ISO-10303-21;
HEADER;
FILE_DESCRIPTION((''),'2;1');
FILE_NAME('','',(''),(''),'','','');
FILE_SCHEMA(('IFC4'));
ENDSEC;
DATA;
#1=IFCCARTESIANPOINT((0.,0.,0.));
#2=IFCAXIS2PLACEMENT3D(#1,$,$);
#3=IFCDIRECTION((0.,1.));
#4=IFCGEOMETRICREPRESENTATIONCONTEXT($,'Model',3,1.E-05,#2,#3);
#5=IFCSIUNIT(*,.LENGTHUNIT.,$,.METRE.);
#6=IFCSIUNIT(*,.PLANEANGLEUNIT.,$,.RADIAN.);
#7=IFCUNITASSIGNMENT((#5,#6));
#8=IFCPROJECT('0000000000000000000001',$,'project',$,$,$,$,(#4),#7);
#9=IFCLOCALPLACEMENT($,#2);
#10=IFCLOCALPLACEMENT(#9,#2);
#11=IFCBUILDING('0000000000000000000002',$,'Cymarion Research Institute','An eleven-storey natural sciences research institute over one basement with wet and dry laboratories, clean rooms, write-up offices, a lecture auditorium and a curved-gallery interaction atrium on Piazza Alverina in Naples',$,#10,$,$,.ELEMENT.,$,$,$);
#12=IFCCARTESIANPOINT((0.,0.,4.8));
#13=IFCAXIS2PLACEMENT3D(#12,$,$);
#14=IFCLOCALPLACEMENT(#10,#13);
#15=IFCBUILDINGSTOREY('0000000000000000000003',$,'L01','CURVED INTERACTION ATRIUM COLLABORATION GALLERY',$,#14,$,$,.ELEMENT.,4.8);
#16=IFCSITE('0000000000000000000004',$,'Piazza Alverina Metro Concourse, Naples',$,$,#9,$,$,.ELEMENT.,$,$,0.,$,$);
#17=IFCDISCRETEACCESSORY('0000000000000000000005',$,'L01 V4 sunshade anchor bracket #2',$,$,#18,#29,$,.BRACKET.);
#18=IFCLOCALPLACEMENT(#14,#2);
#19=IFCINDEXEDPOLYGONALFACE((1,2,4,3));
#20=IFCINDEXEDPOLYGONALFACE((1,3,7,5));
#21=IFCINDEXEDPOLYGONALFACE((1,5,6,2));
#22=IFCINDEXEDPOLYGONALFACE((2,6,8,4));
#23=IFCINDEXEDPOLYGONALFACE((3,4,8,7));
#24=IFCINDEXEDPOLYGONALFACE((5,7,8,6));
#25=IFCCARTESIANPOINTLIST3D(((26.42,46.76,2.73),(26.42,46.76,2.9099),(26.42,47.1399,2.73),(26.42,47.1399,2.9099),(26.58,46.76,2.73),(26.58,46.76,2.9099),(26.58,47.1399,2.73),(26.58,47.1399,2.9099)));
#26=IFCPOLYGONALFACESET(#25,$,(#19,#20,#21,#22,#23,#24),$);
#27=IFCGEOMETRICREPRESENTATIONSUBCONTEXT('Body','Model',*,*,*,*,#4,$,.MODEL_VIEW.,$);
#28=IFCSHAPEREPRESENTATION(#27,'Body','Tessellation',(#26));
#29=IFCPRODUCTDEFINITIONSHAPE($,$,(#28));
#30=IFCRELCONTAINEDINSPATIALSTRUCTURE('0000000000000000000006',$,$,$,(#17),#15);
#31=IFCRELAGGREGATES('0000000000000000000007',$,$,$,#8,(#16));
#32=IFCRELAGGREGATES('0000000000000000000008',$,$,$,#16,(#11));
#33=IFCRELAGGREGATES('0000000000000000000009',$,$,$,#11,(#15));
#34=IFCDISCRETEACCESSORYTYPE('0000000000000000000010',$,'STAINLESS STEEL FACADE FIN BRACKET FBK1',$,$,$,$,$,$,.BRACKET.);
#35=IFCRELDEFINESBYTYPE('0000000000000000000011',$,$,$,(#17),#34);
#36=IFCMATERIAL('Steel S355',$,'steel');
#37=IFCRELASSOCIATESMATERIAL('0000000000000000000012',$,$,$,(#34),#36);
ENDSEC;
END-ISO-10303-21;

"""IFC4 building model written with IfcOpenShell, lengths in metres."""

from ifc_helpers import new_model, si_unit, direction, frame, origin, origin_2d, place, context, subcontext, project, spatial, rectangle, extrude, material, type_object, element, save


model = new_model("IFC4")

# Units and contexts
model_context = context("Model", 3, precision=1e-05, world=origin(), true_north=direction((0.0, 1.0)))
body_context = subcontext(model_context, "Body", "Model", "MODEL_VIEW")
ifc_project = project(units=[si_unit("LENGTHUNIT", "METRE"), si_unit("PLANEANGLEUNIT", "RADIAN")], contexts=[model_context])

# Site, building, storey
site_placement = place(None, origin())
site = spatial("IfcSite", under=ifc_project, at=site_placement, Name="Piazza Alverina Metro Concourse, Naples", CompositionType="ELEMENT", RefElevation=0.0)
building_placement = place(site_placement, origin())
building = spatial("IfcBuilding", under=site, at=building_placement, Name="Cymarion Research Institute", Description="An eleven-storey natural sciences research institute over one basement with wet and dry laboratories, clean rooms, write-up offices, a lecture auditorium and a curved-gallery interaction atrium on Piazza Alverina in Naples", CompositionType="ELEMENT")
storey_placement = place(building_placement, frame((0.0, 0.0, 4.8)))
storey = spatial("IfcBuildingStorey", under=building, at=storey_placement, Name="L01", Description="CURVED INTERACTION ATRIUM COLLABORATION GALLERY", CompositionType="ELEMENT", Elevation=4.8)

# Shared definitions
ifc_material_1 = material(Name="Steel S355", Category="steel")

# Discrete accessory
discrete_accessory_type = type_object("IfcDiscreteAccessoryType", Name="STAINLESS STEEL FACADE FIN BRACKET FBK1", PredefinedType="BRACKET", material=ifc_material_1)
discrete_accessory_1_placement = place(storey_placement, frame((26.5, 46.95, 2.73), z_axis=(0.0, 0.0, 1.0), x_axis=(0.0, -1.0, 0.0)))
element("IfcDiscreteAccessory", 1, at=discrete_accessory_1_placement, inside=storey, type_object=discrete_accessory_type, Name="L01 V4 sunshade anchor bracket #2", PredefinedType="BRACKET", context=body_context, shape_type="SweptSolid", body=[
    extrude(rectangle(XDim=0.3799, YDim=0.1599, at=origin_2d()), origin(), (0.0, 0.0, 1.0), 0.1799),
])

save(model, "model.ifc")
